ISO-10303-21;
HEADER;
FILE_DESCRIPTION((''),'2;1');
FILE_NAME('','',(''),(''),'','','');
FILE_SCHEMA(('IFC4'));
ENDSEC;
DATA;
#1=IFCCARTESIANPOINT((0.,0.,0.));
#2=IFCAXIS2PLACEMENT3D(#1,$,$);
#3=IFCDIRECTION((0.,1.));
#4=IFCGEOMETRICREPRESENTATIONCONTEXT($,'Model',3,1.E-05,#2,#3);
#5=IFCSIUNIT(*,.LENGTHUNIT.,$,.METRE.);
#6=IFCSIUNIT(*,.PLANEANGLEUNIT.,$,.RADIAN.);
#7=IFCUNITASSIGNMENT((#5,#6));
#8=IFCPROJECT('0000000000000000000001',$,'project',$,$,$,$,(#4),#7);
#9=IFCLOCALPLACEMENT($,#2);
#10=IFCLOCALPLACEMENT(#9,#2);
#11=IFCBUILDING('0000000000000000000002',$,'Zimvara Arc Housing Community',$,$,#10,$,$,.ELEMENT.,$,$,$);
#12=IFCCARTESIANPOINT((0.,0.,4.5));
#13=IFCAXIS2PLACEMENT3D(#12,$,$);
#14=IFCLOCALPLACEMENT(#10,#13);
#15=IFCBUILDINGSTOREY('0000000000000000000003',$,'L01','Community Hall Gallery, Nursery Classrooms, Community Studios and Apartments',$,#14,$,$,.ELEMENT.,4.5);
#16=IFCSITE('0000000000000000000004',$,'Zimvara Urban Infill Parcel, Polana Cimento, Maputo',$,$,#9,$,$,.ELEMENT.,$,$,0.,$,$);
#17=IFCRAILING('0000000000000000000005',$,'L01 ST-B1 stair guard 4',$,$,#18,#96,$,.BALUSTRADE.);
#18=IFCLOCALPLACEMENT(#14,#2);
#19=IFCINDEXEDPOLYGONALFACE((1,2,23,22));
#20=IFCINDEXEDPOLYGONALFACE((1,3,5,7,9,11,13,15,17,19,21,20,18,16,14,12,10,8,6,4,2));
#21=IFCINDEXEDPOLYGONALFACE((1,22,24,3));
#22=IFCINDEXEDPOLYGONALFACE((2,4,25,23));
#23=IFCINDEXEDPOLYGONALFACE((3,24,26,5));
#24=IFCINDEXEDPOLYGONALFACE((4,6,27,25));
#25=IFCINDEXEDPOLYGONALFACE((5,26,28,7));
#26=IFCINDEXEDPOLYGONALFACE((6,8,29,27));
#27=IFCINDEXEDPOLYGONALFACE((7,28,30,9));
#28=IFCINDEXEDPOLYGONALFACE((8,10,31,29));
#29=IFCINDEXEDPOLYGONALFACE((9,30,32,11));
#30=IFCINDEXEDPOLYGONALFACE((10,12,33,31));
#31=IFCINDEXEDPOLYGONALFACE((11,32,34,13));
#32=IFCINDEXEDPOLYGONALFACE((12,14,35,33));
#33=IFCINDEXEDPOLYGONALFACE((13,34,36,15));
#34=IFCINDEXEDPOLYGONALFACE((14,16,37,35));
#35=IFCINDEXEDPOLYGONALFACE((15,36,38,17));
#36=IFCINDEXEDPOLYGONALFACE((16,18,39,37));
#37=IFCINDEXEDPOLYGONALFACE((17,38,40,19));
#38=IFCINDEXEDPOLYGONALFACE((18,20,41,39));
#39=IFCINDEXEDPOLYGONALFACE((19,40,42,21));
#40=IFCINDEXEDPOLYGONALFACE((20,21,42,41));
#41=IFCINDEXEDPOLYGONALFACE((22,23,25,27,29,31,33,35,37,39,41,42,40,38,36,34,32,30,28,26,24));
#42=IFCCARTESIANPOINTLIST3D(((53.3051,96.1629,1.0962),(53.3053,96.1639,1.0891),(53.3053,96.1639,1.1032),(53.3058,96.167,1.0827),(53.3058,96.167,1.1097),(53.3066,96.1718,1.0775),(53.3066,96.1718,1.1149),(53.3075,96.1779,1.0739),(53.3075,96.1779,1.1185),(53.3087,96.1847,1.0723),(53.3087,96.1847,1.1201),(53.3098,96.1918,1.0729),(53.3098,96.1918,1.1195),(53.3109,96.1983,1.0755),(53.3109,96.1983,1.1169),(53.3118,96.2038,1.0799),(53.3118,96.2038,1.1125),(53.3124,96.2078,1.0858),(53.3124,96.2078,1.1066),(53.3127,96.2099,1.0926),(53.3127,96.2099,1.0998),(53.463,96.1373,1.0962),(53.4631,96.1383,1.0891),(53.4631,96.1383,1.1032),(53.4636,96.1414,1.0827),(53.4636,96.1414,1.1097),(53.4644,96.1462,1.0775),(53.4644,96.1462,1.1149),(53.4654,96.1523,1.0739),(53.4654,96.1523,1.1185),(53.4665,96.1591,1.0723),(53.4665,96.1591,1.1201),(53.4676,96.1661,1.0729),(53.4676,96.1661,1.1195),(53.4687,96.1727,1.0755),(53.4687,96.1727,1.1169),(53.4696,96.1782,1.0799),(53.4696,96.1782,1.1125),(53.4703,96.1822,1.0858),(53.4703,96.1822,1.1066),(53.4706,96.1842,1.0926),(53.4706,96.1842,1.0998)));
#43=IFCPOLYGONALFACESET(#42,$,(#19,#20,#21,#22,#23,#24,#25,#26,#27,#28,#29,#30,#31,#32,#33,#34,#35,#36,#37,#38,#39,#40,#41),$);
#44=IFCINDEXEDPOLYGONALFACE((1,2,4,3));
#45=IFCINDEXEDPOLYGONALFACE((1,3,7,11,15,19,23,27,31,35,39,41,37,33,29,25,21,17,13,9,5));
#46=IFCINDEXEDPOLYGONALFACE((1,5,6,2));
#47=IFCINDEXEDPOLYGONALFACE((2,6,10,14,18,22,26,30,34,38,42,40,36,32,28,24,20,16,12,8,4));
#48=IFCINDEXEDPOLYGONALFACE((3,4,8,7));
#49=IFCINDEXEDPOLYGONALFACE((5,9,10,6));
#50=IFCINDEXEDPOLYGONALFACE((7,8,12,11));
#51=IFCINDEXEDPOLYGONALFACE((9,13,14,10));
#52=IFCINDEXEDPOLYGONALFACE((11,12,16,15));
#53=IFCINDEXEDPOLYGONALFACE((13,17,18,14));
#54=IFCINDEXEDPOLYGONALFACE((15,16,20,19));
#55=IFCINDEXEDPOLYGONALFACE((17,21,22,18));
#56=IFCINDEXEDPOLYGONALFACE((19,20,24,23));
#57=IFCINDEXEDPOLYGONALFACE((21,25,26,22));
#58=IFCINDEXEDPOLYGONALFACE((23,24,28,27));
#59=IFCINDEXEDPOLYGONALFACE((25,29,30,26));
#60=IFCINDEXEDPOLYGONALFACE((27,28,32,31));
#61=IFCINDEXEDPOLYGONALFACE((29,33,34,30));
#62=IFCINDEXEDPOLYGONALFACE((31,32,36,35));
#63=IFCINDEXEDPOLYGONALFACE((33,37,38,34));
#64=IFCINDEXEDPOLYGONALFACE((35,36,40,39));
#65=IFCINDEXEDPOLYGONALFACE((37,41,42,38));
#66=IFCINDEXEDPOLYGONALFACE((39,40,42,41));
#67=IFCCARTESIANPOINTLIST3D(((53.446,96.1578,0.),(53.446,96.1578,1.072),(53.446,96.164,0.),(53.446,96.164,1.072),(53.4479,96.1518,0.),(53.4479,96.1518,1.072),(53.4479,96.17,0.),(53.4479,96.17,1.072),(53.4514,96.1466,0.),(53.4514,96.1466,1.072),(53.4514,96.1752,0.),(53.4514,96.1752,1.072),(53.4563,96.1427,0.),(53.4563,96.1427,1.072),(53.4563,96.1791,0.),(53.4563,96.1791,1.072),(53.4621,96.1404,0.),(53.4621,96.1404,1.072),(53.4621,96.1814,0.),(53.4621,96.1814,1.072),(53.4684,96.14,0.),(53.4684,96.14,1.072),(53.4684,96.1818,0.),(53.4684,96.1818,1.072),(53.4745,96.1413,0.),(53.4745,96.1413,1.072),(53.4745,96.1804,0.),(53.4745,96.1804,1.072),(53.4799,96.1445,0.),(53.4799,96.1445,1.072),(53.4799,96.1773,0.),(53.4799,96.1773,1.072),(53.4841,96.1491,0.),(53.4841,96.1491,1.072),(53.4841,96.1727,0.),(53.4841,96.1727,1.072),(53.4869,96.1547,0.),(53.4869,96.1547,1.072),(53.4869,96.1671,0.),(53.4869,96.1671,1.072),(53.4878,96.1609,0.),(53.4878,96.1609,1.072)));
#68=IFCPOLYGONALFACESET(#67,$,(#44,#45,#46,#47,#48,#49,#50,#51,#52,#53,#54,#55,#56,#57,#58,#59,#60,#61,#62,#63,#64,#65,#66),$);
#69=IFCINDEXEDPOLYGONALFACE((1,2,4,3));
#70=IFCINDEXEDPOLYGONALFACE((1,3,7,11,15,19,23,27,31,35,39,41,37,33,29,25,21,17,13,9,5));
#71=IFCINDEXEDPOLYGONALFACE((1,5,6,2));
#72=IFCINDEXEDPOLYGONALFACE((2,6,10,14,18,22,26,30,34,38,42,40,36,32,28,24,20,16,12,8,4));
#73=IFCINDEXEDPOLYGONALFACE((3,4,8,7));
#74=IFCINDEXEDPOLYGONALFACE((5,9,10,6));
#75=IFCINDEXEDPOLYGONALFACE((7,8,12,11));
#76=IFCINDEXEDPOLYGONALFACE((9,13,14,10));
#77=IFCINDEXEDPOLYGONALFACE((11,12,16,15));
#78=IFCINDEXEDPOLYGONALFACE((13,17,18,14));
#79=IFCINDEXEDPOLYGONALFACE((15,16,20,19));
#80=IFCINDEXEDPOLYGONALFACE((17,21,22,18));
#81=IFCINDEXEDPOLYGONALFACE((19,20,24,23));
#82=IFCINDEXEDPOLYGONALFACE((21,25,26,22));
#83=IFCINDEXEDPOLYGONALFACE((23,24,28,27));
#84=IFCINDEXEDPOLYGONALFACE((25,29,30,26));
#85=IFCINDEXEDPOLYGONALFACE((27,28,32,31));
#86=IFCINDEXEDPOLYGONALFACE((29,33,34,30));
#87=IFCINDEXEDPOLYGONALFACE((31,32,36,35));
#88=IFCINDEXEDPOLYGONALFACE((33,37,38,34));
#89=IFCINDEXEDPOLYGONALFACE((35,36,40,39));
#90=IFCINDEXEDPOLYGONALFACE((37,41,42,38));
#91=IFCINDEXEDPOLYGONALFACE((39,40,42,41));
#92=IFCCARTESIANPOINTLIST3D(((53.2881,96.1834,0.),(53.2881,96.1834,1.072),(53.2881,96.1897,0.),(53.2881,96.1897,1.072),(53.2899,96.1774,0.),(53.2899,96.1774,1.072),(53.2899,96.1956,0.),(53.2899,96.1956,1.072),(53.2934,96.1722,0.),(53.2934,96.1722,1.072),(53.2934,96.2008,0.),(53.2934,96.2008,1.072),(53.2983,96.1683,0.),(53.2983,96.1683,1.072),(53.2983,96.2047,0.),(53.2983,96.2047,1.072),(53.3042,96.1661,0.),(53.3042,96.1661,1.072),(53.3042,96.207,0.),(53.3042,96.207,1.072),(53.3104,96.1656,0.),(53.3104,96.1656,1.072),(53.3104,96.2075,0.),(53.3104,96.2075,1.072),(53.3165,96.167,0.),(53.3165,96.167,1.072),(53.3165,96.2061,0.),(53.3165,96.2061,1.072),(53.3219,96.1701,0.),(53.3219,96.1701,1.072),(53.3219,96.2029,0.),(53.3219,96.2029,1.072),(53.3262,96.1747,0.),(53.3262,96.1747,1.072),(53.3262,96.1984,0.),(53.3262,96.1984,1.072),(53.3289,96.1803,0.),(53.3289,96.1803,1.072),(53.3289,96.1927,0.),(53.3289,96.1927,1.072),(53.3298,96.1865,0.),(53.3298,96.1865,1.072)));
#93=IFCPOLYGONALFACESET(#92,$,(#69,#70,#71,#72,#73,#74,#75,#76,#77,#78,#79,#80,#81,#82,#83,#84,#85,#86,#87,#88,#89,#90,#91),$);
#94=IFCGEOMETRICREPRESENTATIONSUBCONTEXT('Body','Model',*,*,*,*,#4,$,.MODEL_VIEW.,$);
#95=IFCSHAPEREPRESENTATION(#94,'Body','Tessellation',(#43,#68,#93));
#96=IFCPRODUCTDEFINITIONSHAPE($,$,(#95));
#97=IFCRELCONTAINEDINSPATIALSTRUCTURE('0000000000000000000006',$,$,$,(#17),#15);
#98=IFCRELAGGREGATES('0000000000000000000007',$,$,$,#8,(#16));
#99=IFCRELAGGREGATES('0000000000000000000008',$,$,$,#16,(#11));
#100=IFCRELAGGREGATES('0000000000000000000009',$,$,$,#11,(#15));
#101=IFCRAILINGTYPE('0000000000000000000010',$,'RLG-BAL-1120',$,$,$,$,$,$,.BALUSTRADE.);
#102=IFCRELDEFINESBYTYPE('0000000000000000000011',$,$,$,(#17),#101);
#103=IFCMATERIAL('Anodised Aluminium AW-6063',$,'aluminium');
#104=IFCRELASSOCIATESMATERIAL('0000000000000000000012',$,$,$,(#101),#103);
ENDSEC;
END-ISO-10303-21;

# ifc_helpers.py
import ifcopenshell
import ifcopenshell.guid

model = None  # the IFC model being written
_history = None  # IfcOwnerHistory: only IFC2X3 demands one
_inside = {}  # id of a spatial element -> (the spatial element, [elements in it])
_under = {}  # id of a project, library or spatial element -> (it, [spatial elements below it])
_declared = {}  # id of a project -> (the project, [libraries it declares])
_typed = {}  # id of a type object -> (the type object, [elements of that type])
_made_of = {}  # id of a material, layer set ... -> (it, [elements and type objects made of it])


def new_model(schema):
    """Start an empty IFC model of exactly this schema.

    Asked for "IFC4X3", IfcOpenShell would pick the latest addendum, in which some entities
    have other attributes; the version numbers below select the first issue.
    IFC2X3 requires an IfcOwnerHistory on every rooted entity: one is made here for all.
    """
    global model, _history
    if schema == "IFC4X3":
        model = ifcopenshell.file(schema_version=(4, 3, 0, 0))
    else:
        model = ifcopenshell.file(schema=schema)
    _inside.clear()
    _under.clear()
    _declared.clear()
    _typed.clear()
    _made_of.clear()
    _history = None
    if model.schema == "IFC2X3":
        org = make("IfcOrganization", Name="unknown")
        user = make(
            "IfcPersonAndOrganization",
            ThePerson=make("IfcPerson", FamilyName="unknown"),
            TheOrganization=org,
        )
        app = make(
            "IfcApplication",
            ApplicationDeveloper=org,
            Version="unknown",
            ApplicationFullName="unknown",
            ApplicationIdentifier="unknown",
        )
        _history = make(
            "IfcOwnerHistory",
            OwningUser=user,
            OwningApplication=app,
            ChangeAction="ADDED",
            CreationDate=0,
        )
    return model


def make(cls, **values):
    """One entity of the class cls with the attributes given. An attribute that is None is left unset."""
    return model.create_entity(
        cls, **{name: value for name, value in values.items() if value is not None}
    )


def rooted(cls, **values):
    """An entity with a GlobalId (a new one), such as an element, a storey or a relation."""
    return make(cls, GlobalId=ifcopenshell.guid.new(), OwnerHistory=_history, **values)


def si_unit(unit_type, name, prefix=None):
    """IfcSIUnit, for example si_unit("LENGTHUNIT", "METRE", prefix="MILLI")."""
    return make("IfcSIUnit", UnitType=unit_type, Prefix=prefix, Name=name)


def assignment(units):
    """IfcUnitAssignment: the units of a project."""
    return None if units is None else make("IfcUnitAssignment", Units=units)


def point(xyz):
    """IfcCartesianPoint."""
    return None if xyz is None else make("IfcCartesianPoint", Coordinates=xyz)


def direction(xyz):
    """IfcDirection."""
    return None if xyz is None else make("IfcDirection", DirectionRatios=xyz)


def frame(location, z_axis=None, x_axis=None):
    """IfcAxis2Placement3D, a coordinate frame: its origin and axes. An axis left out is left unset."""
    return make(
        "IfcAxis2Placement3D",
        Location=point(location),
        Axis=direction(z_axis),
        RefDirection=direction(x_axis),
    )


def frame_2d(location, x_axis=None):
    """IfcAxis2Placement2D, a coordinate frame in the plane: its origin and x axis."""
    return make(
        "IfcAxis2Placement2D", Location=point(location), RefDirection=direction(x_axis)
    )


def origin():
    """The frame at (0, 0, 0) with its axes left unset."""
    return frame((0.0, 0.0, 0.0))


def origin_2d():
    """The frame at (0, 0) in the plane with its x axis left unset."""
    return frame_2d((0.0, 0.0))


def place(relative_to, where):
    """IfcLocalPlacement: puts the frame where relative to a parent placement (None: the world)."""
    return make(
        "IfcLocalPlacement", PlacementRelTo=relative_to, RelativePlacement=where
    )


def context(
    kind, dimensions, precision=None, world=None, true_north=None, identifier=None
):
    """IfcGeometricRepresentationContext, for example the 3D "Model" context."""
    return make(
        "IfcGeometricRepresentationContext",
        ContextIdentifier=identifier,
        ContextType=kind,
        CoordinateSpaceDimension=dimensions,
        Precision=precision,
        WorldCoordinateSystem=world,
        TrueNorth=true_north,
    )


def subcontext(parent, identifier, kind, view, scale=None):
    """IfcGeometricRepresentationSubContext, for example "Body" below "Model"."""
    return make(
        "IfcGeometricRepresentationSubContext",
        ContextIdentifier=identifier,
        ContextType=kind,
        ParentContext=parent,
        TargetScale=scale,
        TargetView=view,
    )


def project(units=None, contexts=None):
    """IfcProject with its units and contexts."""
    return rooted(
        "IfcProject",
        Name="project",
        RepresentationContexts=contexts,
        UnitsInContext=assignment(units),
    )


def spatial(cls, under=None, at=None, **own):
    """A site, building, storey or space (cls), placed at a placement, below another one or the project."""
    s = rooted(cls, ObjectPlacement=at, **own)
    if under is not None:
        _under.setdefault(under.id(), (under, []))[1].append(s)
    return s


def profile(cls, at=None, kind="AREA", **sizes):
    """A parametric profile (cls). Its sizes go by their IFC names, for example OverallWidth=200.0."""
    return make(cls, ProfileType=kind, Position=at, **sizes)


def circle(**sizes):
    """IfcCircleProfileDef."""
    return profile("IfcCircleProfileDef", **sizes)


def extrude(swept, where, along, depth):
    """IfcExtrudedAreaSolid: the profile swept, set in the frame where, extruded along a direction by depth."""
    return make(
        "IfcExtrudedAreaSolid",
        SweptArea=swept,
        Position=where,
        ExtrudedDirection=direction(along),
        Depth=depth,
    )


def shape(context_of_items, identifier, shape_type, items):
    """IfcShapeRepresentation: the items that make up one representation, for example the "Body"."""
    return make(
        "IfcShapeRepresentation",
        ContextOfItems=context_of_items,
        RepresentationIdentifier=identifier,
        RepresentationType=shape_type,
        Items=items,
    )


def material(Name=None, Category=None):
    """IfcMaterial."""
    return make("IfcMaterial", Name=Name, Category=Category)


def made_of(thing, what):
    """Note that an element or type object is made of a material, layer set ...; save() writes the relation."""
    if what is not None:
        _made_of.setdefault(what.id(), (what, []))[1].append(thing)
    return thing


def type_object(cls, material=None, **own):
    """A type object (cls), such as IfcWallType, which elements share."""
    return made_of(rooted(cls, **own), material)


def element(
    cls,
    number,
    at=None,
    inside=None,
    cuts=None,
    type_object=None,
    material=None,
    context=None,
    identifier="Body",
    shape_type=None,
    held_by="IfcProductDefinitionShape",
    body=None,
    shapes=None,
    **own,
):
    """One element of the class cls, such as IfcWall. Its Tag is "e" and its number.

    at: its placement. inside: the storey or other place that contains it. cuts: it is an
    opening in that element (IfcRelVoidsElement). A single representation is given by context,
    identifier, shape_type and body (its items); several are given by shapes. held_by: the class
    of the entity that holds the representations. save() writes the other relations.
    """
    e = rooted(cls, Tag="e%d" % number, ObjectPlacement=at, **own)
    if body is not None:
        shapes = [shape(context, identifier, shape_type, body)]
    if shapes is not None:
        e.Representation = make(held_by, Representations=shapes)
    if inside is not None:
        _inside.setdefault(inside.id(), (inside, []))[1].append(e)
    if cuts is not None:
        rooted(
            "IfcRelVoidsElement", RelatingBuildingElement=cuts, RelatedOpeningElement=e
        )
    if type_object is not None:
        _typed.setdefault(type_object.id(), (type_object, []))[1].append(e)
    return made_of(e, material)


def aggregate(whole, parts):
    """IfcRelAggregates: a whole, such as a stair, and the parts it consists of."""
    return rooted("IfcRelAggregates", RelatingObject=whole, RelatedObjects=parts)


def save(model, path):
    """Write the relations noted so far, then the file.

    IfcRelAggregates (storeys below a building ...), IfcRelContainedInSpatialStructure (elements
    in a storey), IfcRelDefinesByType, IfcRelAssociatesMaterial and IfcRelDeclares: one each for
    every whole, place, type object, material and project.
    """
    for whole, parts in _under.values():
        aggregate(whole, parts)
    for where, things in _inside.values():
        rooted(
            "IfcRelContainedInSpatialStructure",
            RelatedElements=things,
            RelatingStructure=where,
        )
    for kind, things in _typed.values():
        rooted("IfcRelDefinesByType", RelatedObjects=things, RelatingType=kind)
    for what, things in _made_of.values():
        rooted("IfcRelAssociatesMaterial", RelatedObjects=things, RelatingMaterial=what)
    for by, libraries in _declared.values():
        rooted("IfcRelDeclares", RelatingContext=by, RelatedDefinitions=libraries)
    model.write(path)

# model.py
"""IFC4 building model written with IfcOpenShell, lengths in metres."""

from ifc_helpers import new_model, si_unit, direction, frame, origin, origin_2d, place, context, subcontext, project, spatial, circle, extrude, material, type_object, element, save


model = new_model("IFC4")

# Units and contexts
model_context = context("Model", 3, precision=1e-05, world=origin(), true_north=direction((0.0, 1.0)))
body_context = subcontext(model_context, "Body", "Model", "MODEL_VIEW")
ifc_project = project(units=[si_unit("LENGTHUNIT", "METRE"), si_unit("PLANEANGLEUNIT", "RADIAN")], contexts=[model_context])

# Site, building, storey
site_placement = place(None, origin())
site = spatial("IfcSite", under=ifc_project, at=site_placement, Name="Zimvara Urban Infill Parcel, Polana Cimento, Maputo", CompositionType="ELEMENT", RefElevation=0.0)
building_placement = place(site_placement, origin())
building = spatial("IfcBuilding", under=site, at=building_placement, Name="Zimvara Arc Housing Community", CompositionType="ELEMENT")
storey_placement = place(building_placement, frame((0.0, 0.0, 4.5)))
storey = spatial("IfcBuildingStorey", under=building, at=storey_placement, Name="L01", Description="Community Hall Gallery, Nursery Classrooms, Community Studios and Apartments", CompositionType="ELEMENT", Elevation=4.5)

# Railing
ifc_material_1 = material(Name="Anodised Aluminium AW-6063", Category="aluminium")
railing_type_1 = type_object("IfcRailingType", Name="RLG-BAL-1120", PredefinedType="BALUSTRADE", material=ifc_material_1)
railing_1_placement = place(storey_placement, frame((53.4668, 96.1609, 0.0)))
element("IfcRailing", 1, at=railing_1_placement, inside=storey, type_object=railing_type_1, Name="L01 ST-B1 stair guard 4", PredefinedType="BALUSTRADE", context=body_context, shape_type="SweptSolid", body=[
    extrude(circle(Radius=0.0239, at=origin_2d()), frame((0.0, 0.0, 1.0962), z_axis=(-0.987086, 0.160192, 0.0), x_axis=(-0.160192, -0.987086, 0.0)), (0.0, 0.0, 1.0), 0.1599),
    extrude(circle(Radius=0.021, at=origin_2d()), origin(), (0.0, 0.0, 1.0), 1.072),
    extrude(circle(Radius=0.021, at=origin_2d()), frame((-0.158, 0.0256, 0.0)), (0.0, 0.0, 1.0), 1.072),
])

save(model, "model.ifc")
